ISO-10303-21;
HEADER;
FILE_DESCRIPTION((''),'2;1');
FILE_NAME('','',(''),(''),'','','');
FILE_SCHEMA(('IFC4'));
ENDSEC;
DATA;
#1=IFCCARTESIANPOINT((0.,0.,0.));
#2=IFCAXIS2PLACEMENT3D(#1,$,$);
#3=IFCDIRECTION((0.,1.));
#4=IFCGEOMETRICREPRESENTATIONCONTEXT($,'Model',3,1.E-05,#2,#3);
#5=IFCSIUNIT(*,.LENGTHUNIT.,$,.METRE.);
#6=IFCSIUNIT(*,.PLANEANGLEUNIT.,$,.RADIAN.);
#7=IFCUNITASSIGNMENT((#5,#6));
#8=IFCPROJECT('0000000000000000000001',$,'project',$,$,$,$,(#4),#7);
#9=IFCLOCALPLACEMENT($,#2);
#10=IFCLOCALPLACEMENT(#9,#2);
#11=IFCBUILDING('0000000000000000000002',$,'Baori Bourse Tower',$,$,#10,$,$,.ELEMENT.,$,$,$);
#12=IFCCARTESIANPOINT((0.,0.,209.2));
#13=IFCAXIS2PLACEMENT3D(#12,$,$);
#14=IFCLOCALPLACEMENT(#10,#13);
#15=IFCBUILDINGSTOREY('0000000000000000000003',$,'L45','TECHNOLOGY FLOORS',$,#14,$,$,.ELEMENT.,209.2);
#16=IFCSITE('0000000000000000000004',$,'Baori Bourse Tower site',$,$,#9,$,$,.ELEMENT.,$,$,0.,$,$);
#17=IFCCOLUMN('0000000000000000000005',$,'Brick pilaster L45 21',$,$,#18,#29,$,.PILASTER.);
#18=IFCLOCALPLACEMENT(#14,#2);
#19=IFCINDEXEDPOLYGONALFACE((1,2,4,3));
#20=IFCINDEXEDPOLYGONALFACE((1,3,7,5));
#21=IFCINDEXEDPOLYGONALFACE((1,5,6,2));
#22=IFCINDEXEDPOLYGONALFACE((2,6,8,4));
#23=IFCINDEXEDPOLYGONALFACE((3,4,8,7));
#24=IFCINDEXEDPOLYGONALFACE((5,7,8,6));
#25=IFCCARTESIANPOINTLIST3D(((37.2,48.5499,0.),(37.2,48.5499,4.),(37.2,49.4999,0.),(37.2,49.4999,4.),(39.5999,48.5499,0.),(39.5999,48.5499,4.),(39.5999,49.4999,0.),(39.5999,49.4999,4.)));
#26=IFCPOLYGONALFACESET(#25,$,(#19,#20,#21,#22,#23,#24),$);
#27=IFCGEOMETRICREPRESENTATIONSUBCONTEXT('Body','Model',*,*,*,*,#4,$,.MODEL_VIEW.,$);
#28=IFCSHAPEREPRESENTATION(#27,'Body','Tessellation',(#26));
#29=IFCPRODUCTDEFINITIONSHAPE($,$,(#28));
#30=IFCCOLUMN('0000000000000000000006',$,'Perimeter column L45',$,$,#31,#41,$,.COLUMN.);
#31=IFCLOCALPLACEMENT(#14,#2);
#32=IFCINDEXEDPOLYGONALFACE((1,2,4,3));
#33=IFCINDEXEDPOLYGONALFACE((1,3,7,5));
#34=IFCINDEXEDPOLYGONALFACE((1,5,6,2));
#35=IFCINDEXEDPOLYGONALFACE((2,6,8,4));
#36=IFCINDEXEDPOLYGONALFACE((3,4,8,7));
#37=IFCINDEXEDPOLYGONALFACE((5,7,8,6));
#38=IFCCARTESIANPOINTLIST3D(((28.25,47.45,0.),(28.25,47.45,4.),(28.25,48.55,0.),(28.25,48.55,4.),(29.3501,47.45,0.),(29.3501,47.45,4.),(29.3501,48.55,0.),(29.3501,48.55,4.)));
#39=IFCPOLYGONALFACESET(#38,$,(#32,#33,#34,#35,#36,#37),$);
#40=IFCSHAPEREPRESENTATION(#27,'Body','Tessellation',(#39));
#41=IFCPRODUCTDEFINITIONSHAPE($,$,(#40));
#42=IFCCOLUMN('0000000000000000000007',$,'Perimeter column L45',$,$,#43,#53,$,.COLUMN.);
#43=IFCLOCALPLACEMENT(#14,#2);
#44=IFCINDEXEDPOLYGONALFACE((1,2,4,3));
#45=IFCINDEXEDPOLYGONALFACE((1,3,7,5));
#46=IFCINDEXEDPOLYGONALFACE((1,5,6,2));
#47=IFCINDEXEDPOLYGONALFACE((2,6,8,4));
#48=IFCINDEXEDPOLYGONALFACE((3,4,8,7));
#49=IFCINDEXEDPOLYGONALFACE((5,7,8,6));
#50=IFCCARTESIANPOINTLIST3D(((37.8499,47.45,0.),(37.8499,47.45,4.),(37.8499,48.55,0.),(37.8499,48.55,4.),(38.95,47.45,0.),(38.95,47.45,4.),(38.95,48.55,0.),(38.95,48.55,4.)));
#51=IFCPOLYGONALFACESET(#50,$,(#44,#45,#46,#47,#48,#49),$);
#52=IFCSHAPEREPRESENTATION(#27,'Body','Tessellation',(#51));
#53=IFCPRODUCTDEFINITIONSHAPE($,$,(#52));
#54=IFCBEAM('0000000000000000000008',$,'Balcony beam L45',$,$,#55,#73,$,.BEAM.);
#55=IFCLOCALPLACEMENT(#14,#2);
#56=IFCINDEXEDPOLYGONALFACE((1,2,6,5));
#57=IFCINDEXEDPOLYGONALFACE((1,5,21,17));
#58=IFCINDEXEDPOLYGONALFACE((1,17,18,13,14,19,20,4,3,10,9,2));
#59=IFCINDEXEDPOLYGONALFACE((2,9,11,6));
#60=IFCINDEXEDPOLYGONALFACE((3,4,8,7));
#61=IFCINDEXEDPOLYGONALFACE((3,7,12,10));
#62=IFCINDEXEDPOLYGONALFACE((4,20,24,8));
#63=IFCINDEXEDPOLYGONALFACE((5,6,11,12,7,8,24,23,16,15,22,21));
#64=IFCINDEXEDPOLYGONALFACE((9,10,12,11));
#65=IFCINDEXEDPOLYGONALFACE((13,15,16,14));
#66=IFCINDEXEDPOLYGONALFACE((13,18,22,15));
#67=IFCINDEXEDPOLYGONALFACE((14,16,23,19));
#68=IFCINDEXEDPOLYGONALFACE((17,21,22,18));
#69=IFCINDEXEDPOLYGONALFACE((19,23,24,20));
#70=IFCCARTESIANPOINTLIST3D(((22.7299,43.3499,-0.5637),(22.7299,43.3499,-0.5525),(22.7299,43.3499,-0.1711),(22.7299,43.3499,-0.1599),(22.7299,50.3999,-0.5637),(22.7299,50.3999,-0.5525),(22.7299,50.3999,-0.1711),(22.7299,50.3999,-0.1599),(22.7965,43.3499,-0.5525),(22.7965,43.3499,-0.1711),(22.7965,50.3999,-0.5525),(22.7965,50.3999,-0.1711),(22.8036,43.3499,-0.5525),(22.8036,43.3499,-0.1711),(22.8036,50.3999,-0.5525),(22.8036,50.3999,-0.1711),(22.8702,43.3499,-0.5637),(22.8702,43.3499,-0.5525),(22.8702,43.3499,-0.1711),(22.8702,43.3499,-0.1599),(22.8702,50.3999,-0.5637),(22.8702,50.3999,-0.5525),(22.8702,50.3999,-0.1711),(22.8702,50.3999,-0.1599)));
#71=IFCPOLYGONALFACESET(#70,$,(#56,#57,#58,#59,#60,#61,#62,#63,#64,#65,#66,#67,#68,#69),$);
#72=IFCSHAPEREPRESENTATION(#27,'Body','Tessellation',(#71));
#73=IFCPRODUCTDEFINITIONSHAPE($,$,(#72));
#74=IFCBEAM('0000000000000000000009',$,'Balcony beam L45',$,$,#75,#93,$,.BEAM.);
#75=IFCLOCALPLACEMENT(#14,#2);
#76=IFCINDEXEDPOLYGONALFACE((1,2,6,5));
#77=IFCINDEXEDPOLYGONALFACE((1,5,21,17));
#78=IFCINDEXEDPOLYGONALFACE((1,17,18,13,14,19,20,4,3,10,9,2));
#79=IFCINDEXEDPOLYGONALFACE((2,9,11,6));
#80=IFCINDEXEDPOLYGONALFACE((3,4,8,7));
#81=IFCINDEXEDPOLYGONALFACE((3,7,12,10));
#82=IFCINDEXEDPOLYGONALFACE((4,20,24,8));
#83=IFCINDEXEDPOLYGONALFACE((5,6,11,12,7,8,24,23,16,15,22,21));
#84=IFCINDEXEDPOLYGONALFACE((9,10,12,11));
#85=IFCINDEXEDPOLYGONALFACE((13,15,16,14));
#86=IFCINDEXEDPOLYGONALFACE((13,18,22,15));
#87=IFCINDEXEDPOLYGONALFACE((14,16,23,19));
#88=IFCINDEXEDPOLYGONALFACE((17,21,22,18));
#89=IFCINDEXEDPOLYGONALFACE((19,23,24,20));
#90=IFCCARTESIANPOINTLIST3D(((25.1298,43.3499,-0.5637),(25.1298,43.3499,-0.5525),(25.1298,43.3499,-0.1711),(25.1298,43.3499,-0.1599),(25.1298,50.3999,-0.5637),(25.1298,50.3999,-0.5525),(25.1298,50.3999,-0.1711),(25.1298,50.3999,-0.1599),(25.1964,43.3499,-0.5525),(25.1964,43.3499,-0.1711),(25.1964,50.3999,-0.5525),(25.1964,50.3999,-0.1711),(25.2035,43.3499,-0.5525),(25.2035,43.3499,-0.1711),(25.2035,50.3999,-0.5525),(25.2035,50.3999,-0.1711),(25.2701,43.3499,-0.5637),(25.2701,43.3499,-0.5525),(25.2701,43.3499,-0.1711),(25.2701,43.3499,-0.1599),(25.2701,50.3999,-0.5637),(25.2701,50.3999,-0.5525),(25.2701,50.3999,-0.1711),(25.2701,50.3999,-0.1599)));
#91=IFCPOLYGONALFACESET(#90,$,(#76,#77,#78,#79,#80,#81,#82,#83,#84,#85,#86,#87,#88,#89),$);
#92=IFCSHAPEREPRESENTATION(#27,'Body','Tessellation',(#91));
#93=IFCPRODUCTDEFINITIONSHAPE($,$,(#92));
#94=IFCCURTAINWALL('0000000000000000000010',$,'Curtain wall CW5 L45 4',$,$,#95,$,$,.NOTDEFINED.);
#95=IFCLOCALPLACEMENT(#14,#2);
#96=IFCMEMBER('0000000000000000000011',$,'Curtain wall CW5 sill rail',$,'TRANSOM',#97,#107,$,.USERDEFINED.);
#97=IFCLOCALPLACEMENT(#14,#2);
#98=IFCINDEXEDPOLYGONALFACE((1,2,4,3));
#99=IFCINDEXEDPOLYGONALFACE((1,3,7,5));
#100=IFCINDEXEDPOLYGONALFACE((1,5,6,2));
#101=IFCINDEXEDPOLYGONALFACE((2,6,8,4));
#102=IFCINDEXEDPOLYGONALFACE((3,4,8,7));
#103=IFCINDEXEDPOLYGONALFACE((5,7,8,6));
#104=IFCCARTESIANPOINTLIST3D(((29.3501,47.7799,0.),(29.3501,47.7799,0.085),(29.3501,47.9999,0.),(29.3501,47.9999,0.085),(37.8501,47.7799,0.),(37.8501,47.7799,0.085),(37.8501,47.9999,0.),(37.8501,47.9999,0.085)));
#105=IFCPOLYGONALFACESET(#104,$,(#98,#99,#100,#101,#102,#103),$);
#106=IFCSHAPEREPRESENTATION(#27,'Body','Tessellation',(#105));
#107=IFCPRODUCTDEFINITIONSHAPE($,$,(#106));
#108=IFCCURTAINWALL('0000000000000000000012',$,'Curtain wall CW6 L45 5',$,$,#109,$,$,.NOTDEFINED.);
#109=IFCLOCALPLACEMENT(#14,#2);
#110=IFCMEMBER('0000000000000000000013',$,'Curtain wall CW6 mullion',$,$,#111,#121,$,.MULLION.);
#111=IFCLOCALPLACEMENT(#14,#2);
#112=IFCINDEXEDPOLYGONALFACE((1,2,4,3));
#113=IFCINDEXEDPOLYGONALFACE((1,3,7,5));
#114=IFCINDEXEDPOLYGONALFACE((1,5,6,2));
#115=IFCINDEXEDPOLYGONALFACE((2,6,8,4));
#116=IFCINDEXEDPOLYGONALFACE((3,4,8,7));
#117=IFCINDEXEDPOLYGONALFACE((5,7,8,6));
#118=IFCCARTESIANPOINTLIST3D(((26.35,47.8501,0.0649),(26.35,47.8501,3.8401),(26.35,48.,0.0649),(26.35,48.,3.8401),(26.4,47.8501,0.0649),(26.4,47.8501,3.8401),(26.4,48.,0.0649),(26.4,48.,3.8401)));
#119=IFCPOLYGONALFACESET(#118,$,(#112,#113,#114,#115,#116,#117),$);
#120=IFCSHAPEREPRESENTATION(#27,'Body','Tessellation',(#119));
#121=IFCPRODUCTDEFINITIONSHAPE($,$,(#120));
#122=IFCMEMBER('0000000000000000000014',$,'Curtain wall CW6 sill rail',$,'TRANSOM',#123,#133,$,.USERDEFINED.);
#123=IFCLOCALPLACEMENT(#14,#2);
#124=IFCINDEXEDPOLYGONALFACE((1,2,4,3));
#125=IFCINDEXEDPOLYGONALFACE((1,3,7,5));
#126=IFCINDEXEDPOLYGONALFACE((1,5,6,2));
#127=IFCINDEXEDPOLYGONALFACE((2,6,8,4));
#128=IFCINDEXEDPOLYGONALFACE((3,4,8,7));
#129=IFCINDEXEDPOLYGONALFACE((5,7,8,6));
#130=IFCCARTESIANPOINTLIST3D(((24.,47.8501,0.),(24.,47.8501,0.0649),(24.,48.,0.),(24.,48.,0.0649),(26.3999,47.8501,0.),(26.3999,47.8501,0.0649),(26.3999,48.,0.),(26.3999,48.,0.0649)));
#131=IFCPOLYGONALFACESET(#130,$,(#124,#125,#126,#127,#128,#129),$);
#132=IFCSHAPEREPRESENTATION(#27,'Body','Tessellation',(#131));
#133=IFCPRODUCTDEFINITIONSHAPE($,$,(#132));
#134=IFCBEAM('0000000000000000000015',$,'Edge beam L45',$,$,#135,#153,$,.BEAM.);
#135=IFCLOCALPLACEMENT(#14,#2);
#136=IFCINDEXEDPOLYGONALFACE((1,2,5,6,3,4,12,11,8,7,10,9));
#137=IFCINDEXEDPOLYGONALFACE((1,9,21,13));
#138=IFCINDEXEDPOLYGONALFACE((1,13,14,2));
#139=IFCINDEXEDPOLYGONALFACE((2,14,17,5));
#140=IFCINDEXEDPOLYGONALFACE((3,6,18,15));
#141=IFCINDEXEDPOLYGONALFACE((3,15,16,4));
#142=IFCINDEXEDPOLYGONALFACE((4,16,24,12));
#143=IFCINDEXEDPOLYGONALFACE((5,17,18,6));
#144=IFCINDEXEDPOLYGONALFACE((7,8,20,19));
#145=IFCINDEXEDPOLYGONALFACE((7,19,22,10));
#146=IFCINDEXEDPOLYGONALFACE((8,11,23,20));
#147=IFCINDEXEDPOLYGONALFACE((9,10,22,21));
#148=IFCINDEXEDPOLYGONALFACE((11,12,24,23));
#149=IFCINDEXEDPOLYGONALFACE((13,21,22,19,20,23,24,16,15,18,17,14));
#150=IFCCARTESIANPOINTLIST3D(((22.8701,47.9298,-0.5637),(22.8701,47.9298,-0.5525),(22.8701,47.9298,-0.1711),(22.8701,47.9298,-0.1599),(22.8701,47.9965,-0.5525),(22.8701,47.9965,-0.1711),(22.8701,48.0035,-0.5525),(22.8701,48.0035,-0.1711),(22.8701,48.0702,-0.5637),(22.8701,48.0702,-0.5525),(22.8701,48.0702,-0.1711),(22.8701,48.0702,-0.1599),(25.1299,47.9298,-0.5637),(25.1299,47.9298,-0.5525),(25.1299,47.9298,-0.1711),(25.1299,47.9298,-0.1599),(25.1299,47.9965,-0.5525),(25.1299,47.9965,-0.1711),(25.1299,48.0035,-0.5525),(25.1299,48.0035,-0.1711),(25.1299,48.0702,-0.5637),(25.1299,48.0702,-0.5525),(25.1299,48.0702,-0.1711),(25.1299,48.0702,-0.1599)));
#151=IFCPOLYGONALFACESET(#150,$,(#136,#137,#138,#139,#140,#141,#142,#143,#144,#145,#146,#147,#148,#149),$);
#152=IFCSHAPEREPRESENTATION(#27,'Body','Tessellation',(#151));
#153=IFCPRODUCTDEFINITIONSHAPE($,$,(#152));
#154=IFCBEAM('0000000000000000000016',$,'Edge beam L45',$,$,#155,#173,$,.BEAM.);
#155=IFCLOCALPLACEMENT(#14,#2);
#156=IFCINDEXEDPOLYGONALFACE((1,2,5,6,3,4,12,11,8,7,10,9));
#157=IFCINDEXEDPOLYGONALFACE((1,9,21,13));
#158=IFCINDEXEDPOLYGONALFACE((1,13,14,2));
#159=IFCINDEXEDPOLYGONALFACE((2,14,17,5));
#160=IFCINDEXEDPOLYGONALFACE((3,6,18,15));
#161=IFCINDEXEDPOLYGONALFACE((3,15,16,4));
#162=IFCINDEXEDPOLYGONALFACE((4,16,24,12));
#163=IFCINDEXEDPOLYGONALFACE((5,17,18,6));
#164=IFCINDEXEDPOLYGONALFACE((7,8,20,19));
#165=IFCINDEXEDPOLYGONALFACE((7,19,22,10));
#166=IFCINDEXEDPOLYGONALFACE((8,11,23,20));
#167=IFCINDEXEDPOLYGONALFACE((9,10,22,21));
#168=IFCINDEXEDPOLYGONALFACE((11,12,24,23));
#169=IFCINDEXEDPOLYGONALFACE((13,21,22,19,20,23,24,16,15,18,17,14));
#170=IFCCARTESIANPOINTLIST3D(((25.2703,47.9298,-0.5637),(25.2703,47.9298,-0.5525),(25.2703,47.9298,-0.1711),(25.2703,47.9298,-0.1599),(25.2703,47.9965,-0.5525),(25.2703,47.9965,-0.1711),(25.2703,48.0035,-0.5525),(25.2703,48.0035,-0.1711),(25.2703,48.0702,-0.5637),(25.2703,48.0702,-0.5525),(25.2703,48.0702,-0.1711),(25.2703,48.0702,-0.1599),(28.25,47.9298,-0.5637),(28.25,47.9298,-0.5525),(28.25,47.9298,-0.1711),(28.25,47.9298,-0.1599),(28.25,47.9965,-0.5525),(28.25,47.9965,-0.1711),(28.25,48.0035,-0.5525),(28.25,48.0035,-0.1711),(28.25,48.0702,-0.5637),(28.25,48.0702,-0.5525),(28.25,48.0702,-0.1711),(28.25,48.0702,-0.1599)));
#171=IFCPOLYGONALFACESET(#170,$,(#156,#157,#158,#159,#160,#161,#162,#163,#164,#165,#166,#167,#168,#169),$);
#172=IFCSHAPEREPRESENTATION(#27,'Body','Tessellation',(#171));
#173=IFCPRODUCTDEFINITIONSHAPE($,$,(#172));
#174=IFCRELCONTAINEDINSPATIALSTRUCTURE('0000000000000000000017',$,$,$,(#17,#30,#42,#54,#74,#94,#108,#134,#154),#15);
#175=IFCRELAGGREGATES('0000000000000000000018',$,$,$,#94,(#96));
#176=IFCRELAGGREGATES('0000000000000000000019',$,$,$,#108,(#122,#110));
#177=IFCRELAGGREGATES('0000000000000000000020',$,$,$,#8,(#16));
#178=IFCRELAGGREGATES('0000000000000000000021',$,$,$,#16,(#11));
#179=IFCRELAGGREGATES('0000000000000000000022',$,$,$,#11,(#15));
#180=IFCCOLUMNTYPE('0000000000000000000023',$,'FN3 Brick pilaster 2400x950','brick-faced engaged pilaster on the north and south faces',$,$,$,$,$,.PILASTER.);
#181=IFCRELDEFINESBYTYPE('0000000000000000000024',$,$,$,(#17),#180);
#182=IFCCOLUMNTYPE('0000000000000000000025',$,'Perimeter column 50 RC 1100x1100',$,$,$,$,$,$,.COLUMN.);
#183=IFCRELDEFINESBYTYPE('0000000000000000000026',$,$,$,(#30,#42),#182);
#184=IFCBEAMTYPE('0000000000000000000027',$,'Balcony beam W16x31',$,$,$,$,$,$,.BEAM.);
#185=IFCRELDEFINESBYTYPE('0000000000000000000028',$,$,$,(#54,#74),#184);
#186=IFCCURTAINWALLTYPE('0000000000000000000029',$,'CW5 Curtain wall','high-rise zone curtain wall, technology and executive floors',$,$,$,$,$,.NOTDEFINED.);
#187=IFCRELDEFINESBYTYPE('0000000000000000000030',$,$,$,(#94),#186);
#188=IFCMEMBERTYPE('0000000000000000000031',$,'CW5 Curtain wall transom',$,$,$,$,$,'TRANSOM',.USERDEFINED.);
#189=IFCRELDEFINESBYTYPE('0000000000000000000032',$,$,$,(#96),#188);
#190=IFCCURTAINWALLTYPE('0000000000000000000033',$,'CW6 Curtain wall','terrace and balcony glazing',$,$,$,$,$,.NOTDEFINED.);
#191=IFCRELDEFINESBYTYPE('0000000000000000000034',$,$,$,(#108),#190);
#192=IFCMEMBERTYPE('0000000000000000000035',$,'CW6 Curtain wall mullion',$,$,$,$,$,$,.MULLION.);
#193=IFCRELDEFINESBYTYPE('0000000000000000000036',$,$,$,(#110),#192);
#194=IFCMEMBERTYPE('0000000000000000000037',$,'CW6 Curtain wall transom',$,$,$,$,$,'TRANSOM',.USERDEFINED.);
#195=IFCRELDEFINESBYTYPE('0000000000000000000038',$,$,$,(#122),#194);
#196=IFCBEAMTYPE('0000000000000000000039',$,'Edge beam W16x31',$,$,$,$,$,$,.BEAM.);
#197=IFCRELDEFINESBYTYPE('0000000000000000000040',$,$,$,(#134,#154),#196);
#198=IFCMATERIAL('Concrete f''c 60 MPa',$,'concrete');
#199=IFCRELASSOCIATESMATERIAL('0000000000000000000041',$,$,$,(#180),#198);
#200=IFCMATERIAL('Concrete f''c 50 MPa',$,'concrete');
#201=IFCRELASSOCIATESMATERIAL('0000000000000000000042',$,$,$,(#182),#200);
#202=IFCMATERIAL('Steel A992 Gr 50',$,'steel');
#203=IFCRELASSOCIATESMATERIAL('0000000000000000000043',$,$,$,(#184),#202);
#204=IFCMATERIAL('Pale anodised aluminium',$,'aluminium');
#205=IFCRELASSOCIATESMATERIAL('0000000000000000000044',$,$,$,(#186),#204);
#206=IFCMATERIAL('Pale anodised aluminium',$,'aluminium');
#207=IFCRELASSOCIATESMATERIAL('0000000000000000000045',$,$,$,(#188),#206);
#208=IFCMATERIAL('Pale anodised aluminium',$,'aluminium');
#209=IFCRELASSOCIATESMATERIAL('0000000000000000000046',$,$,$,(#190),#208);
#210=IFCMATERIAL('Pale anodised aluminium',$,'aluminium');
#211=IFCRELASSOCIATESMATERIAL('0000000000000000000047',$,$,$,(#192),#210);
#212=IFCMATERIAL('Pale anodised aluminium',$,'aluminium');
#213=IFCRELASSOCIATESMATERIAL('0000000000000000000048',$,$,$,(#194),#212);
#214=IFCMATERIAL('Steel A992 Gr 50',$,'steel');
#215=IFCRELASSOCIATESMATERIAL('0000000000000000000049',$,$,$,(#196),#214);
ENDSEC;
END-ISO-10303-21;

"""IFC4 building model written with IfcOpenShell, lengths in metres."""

from ifc_helpers import new_model, si_unit, direction, frame, origin, origin_2d, place, context, subcontext, project, spatial, rectangle, i_section, extrude, material, material_profile, profile_set, type_object, element, aggregate, save


model = new_model("IFC4")

# Units and contexts
model_context = context("Model", 3, precision=1e-05, world=origin(), true_north=direction((0.0, 1.0)))
body_context = subcontext(model_context, "Body", "Model", "MODEL_VIEW")
ifc_project = project(units=[si_unit("LENGTHUNIT", "METRE"), si_unit("PLANEANGLEUNIT", "RADIAN")], contexts=[model_context])

# Site, building, storey
site_placement = place(None, origin())
site = spatial("IfcSite", under=ifc_project, at=site_placement, Name="Baori Bourse Tower site", CompositionType="ELEMENT", RefElevation=0.0)
building_placement = place(site_placement, origin())
building = spatial("IfcBuilding", under=site, at=building_placement, Name="Baori Bourse Tower", CompositionType="ELEMENT")
storey_placement = place(building_placement, frame((0.0, 0.0, 209.2)))
storey = spatial("IfcBuildingStorey", under=building, at=storey_placement, Name="L45", Description="TECHNOLOGY FLOORS", CompositionType="ELEMENT", Elevation=209.2)

# Columns
ifc_material_1 = material(Name="Concrete f'c 60 MPa", Category="concrete")
ifc_material_profile_1 = material_profile(ifc_material_1, rectangle(XDim=2.3999, YDim=0.95, at=origin_2d()), Name="RC 2400x950")
ifc_profile_set_1 = profile_set([ifc_material_profile_1], Name="Concrete f'c 60 MPa")
column_type_1 = type_object("IfcColumnType", Name="FN3 Brick pilaster 2400x950", Description="brick-faced engaged pilaster on the north and south faces", PredefinedType="PILASTER", material=ifc_profile_set_1)
column_placement = place(storey_placement, frame((38.3999, 49.0249, 0.0), z_axis=(0.0, 0.0, 1.0), x_axis=(1.0, 0.0, 0.0)))
element("IfcColumn", 1, at=column_placement, inside=storey, type_object=column_type_1, Name="Brick pilaster L45 21", PredefinedType="PILASTER", context=body_context, shape_type="SweptSolid", body=[
    extrude(rectangle(XDim=2.3999, YDim=0.95, at=origin_2d()), origin(), (0.0, 0.0, 1.0), 4.0),
])
ifc_material_2 = material(Name="Concrete f'c 50 MPa", Category="concrete")
ifc_material_profile_2 = material_profile(ifc_material_2, rectangle(XDim=1.1001, YDim=1.1001, at=origin_2d()), Name="RC 1100x1100")
ifc_profile_set_2 = profile_set([ifc_material_profile_2], Name="Concrete f'c 50 MPa")
column_type_2 = type_object("IfcColumnType", Name="Perimeter column 50 RC 1100x1100", PredefinedType="COLUMN", material=ifc_profile_set_2)
for number, where, z_axis, x_axis, name in (
    (2, (28.8, 48.0, 0.0), (0.0, 0.0, 1.0), (1.0, 0.0, 0.0), "Perimeter column L45"),
    (3, (38.3999, 48.0, 0.0), (0.0, 0.0, 1.0), (1.0, 0.0, 0.0), "Perimeter column L45"),
):
    element("IfcColumn", number, at=place(storey_placement, frame(where, z_axis=z_axis, x_axis=x_axis)), inside=storey, type_object=column_type_2, Name=name, PredefinedType="COLUMN", context=body_context, shape_type="SweptSolid", body=[
        extrude(rectangle(XDim=1.1001, YDim=1.1001, at=origin_2d()), origin(), (0.0, 0.0, 1.0), 4.0),
    ])

# Beams
ifc_material_3 = material(Name="Steel A992 Gr 50", Category="steel")
ifc_material_profile_3 = material_profile(ifc_material_3, i_section(OverallWidth=0.1404, OverallDepth=0.4038, WebThickness=0.0071, FlangeThickness=0.0112, at=origin_2d()), Name="W16x31")
ifc_profile_set_3 = profile_set([ifc_material_profile_3], Name="Steel A992 Gr 50")
beam_type_1 = type_object("IfcBeamType", Name="Balcony beam W16x31", PredefinedType="BEAM", material=ifc_profile_set_3)
for number, where, z_axis, x_axis, name in (
    (4, (22.8, 50.3999, -0.3618), (0.0, -1.0, 0.0), (1.0, 0.0, 0.0), "Balcony beam L45"),
    (5, (25.2, 50.3999, -0.3618), (0.0, -1.0, 0.0), (1.0, 0.0, 0.0), "Balcony beam L45"),
):
    element("IfcBeam", number, at=place(storey_placement, frame(where, z_axis=z_axis, x_axis=x_axis)), inside=storey, type_object=beam_type_1, Name=name, PredefinedType="BEAM", context=body_context, shape_type="SweptSolid", body=[
        extrude(i_section(OverallWidth=0.1404, OverallDepth=0.4038, WebThickness=0.0071, FlangeThickness=0.0112, at=origin_2d()), origin(), (0.0, 0.0, 1.0), 7.05),
    ])

# Curtain wall, member
ifc_material_4 = material(Name="Pale anodised aluminium", Category="aluminium")
curtain_wall_type_1 = type_object("IfcCurtainWallType", Name="CW5 Curtain wall", Description="high-rise zone curtain wall, technology and executive floors", PredefinedType="NOTDEFINED", material=ifc_material_4)
curtain_wall_1_placement = place(storey_placement, origin())
curtain_wall_1 = element("IfcCurtainWall", 6, at=curtain_wall_1_placement, inside=storey, type_object=curtain_wall_type_1, Name="Curtain wall CW5 L45 4", PredefinedType="NOTDEFINED")
ifc_material_5 = material(Name="Pale anodised aluminium", Category="aluminium")
ifc_material_profile_4 = material_profile(ifc_material_5, rectangle(XDim=0.22, YDim=0.085, at=origin_2d()), Name="Transom 85x220")
ifc_profile_set_4 = profile_set([ifc_material_profile_4], Name="Pale anodised aluminium")
member_type_1 = type_object("IfcMemberType", Name="CW5 Curtain wall transom", ElementType="TRANSOM", PredefinedType="USERDEFINED", material=ifc_profile_set_4)
member_1_placement = place(storey_placement, frame((37.8501, 47.8899, 0.0425), z_axis=(-1.0, 0.0, 0.0), x_axis=(0.0, -1.0, 0.0)))
member_1 = element("IfcMember", 7, at=member_1_placement, type_object=member_type_1, Name="Curtain wall CW5 sill rail", ObjectType="TRANSOM", PredefinedType="USERDEFINED", context=body_context, shape_type="SweptSolid", body=[
    extrude(rectangle(XDim=0.22, YDim=0.085, at=origin_2d()), origin(), (0.0, 0.0, 1.0), 8.5),
])
aggregate(curtain_wall_1, [member_1])

# Curtain wall, members
ifc_material_6 = material(Name="Pale anodised aluminium", Category="aluminium")
curtain_wall_type_2 = type_object("IfcCurtainWallType", Name="CW6 Curtain wall", Description="terrace and balcony glazing", PredefinedType="NOTDEFINED", material=ifc_material_6)
curtain_wall_2_placement = place(storey_placement, origin())
curtain_wall_2 = element("IfcCurtainWall", 8, at=curtain_wall_2_placement, inside=storey, type_object=curtain_wall_type_2, Name="Curtain wall CW6 L45 5", PredefinedType="NOTDEFINED")
ifc_material_7 = material(Name="Pale anodised aluminium", Category="aluminium")
ifc_material_profile_5 = material_profile(ifc_material_7, rectangle(XDim=0.1499, YDim=0.05, at=origin_2d()), Name="Mullion 50x150")
ifc_profile_set_5 = profile_set([ifc_material_profile_5], Name="Pale anodised aluminium")
member_type_2 = type_object("IfcMemberType", Name="CW6 Curtain wall mullion", PredefinedType="MULLION", material=ifc_profile_set_5)
member_2_placement = place(storey_placement, frame((26.375, 47.925, 0.0649), z_axis=(0.0, 0.0, 1.0), x_axis=(0.0, -1.0, 0.0)))
member_2 = element("IfcMember", 9, at=member_2_placement, type_object=member_type_2, Name="Curtain wall CW6 mullion", PredefinedType="MULLION", context=body_context, shape_type="SweptSolid", body=[
    extrude(rectangle(XDim=0.1499, YDim=0.05, at=origin_2d()), origin(), (0.0, 0.0, 1.0), 3.7751),
])
ifc_material_8 = material(Name="Pale anodised aluminium", Category="aluminium")
ifc_material_profile_6 = material_profile(ifc_material_8, rectangle(XDim=0.1499, YDim=0.0649, at=origin_2d()), Name="Transom 65x150")
ifc_profile_set_6 = profile_set([ifc_material_profile_6], Name="Pale anodised aluminium")
member_type_3 = type_object("IfcMemberType", Name="CW6 Curtain wall transom", ElementType="TRANSOM", PredefinedType="USERDEFINED", material=ifc_profile_set_6)
member_3_placement = place(storey_placement, frame((26.3999, 47.925, 0.0325), z_axis=(-1.0, 0.0, 0.0), x_axis=(0.0, -1.0, 0.0)))
member_3 = element("IfcMember", 10, at=member_3_placement, type_object=member_type_3, Name="Curtain wall CW6 sill rail", ObjectType="TRANSOM", PredefinedType="USERDEFINED", context=body_context, shape_type="SweptSolid", body=[
    extrude(rectangle(XDim=0.1499, YDim=0.0649, at=origin_2d()), origin(), (0.0, 0.0, 1.0), 2.3999),
])

# Beams
ifc_material_9 = material(Name="Steel A992 Gr 50", Category="steel")
ifc_material_profile_7 = material_profile(ifc_material_9, i_section(OverallWidth=0.1404, OverallDepth=0.4038, WebThickness=0.0071, FlangeThickness=0.0112, at=origin_2d()), Name="W16x31")
ifc_profile_set_7 = profile_set([ifc_material_profile_7], Name="Steel A992 Gr 50")
beam_type_2 = type_object("IfcBeamType", Name="Edge beam W16x31", PredefinedType="BEAM", material=ifc_profile_set_7)
beam_1_placement = place(storey_placement, frame((22.8701, 48.0, -0.3618), z_axis=(1.0, 0.0, 0.0), x_axis=(0.0, 1.0, 0.0)))
element("IfcBeam", 11, at=beam_1_placement, inside=storey, type_object=beam_type_2, Name="Edge beam L45", PredefinedType="BEAM", context=body_context, shape_type="SweptSolid", body=[
    extrude(i_section(OverallWidth=0.1404, OverallDepth=0.4038, WebThickness=0.0071, FlangeThickness=0.0112, at=origin_2d()), origin(), (0.0, 0.0, 1.0), 2.2598),
])
beam_2_placement = place(storey_placement, frame((25.2703, 48.0, -0.3618), z_axis=(1.0, 0.0, 0.0), x_axis=(0.0, 1.0, 0.0)))
element("IfcBeam", 12, at=beam_2_placement, inside=storey, type_object=beam_type_2, Name="Edge beam L45", PredefinedType="BEAM", context=body_context, shape_type="SweptSolid", body=[
    extrude(i_section(OverallWidth=0.1404, OverallDepth=0.4038, WebThickness=0.0071, FlangeThickness=0.0112, at=origin_2d()), origin(), (0.0, 0.0, 1.0), 2.9797),
])

aggregate(curtain_wall_2, [member_3, member_2])

save(model, "model.ifc")
